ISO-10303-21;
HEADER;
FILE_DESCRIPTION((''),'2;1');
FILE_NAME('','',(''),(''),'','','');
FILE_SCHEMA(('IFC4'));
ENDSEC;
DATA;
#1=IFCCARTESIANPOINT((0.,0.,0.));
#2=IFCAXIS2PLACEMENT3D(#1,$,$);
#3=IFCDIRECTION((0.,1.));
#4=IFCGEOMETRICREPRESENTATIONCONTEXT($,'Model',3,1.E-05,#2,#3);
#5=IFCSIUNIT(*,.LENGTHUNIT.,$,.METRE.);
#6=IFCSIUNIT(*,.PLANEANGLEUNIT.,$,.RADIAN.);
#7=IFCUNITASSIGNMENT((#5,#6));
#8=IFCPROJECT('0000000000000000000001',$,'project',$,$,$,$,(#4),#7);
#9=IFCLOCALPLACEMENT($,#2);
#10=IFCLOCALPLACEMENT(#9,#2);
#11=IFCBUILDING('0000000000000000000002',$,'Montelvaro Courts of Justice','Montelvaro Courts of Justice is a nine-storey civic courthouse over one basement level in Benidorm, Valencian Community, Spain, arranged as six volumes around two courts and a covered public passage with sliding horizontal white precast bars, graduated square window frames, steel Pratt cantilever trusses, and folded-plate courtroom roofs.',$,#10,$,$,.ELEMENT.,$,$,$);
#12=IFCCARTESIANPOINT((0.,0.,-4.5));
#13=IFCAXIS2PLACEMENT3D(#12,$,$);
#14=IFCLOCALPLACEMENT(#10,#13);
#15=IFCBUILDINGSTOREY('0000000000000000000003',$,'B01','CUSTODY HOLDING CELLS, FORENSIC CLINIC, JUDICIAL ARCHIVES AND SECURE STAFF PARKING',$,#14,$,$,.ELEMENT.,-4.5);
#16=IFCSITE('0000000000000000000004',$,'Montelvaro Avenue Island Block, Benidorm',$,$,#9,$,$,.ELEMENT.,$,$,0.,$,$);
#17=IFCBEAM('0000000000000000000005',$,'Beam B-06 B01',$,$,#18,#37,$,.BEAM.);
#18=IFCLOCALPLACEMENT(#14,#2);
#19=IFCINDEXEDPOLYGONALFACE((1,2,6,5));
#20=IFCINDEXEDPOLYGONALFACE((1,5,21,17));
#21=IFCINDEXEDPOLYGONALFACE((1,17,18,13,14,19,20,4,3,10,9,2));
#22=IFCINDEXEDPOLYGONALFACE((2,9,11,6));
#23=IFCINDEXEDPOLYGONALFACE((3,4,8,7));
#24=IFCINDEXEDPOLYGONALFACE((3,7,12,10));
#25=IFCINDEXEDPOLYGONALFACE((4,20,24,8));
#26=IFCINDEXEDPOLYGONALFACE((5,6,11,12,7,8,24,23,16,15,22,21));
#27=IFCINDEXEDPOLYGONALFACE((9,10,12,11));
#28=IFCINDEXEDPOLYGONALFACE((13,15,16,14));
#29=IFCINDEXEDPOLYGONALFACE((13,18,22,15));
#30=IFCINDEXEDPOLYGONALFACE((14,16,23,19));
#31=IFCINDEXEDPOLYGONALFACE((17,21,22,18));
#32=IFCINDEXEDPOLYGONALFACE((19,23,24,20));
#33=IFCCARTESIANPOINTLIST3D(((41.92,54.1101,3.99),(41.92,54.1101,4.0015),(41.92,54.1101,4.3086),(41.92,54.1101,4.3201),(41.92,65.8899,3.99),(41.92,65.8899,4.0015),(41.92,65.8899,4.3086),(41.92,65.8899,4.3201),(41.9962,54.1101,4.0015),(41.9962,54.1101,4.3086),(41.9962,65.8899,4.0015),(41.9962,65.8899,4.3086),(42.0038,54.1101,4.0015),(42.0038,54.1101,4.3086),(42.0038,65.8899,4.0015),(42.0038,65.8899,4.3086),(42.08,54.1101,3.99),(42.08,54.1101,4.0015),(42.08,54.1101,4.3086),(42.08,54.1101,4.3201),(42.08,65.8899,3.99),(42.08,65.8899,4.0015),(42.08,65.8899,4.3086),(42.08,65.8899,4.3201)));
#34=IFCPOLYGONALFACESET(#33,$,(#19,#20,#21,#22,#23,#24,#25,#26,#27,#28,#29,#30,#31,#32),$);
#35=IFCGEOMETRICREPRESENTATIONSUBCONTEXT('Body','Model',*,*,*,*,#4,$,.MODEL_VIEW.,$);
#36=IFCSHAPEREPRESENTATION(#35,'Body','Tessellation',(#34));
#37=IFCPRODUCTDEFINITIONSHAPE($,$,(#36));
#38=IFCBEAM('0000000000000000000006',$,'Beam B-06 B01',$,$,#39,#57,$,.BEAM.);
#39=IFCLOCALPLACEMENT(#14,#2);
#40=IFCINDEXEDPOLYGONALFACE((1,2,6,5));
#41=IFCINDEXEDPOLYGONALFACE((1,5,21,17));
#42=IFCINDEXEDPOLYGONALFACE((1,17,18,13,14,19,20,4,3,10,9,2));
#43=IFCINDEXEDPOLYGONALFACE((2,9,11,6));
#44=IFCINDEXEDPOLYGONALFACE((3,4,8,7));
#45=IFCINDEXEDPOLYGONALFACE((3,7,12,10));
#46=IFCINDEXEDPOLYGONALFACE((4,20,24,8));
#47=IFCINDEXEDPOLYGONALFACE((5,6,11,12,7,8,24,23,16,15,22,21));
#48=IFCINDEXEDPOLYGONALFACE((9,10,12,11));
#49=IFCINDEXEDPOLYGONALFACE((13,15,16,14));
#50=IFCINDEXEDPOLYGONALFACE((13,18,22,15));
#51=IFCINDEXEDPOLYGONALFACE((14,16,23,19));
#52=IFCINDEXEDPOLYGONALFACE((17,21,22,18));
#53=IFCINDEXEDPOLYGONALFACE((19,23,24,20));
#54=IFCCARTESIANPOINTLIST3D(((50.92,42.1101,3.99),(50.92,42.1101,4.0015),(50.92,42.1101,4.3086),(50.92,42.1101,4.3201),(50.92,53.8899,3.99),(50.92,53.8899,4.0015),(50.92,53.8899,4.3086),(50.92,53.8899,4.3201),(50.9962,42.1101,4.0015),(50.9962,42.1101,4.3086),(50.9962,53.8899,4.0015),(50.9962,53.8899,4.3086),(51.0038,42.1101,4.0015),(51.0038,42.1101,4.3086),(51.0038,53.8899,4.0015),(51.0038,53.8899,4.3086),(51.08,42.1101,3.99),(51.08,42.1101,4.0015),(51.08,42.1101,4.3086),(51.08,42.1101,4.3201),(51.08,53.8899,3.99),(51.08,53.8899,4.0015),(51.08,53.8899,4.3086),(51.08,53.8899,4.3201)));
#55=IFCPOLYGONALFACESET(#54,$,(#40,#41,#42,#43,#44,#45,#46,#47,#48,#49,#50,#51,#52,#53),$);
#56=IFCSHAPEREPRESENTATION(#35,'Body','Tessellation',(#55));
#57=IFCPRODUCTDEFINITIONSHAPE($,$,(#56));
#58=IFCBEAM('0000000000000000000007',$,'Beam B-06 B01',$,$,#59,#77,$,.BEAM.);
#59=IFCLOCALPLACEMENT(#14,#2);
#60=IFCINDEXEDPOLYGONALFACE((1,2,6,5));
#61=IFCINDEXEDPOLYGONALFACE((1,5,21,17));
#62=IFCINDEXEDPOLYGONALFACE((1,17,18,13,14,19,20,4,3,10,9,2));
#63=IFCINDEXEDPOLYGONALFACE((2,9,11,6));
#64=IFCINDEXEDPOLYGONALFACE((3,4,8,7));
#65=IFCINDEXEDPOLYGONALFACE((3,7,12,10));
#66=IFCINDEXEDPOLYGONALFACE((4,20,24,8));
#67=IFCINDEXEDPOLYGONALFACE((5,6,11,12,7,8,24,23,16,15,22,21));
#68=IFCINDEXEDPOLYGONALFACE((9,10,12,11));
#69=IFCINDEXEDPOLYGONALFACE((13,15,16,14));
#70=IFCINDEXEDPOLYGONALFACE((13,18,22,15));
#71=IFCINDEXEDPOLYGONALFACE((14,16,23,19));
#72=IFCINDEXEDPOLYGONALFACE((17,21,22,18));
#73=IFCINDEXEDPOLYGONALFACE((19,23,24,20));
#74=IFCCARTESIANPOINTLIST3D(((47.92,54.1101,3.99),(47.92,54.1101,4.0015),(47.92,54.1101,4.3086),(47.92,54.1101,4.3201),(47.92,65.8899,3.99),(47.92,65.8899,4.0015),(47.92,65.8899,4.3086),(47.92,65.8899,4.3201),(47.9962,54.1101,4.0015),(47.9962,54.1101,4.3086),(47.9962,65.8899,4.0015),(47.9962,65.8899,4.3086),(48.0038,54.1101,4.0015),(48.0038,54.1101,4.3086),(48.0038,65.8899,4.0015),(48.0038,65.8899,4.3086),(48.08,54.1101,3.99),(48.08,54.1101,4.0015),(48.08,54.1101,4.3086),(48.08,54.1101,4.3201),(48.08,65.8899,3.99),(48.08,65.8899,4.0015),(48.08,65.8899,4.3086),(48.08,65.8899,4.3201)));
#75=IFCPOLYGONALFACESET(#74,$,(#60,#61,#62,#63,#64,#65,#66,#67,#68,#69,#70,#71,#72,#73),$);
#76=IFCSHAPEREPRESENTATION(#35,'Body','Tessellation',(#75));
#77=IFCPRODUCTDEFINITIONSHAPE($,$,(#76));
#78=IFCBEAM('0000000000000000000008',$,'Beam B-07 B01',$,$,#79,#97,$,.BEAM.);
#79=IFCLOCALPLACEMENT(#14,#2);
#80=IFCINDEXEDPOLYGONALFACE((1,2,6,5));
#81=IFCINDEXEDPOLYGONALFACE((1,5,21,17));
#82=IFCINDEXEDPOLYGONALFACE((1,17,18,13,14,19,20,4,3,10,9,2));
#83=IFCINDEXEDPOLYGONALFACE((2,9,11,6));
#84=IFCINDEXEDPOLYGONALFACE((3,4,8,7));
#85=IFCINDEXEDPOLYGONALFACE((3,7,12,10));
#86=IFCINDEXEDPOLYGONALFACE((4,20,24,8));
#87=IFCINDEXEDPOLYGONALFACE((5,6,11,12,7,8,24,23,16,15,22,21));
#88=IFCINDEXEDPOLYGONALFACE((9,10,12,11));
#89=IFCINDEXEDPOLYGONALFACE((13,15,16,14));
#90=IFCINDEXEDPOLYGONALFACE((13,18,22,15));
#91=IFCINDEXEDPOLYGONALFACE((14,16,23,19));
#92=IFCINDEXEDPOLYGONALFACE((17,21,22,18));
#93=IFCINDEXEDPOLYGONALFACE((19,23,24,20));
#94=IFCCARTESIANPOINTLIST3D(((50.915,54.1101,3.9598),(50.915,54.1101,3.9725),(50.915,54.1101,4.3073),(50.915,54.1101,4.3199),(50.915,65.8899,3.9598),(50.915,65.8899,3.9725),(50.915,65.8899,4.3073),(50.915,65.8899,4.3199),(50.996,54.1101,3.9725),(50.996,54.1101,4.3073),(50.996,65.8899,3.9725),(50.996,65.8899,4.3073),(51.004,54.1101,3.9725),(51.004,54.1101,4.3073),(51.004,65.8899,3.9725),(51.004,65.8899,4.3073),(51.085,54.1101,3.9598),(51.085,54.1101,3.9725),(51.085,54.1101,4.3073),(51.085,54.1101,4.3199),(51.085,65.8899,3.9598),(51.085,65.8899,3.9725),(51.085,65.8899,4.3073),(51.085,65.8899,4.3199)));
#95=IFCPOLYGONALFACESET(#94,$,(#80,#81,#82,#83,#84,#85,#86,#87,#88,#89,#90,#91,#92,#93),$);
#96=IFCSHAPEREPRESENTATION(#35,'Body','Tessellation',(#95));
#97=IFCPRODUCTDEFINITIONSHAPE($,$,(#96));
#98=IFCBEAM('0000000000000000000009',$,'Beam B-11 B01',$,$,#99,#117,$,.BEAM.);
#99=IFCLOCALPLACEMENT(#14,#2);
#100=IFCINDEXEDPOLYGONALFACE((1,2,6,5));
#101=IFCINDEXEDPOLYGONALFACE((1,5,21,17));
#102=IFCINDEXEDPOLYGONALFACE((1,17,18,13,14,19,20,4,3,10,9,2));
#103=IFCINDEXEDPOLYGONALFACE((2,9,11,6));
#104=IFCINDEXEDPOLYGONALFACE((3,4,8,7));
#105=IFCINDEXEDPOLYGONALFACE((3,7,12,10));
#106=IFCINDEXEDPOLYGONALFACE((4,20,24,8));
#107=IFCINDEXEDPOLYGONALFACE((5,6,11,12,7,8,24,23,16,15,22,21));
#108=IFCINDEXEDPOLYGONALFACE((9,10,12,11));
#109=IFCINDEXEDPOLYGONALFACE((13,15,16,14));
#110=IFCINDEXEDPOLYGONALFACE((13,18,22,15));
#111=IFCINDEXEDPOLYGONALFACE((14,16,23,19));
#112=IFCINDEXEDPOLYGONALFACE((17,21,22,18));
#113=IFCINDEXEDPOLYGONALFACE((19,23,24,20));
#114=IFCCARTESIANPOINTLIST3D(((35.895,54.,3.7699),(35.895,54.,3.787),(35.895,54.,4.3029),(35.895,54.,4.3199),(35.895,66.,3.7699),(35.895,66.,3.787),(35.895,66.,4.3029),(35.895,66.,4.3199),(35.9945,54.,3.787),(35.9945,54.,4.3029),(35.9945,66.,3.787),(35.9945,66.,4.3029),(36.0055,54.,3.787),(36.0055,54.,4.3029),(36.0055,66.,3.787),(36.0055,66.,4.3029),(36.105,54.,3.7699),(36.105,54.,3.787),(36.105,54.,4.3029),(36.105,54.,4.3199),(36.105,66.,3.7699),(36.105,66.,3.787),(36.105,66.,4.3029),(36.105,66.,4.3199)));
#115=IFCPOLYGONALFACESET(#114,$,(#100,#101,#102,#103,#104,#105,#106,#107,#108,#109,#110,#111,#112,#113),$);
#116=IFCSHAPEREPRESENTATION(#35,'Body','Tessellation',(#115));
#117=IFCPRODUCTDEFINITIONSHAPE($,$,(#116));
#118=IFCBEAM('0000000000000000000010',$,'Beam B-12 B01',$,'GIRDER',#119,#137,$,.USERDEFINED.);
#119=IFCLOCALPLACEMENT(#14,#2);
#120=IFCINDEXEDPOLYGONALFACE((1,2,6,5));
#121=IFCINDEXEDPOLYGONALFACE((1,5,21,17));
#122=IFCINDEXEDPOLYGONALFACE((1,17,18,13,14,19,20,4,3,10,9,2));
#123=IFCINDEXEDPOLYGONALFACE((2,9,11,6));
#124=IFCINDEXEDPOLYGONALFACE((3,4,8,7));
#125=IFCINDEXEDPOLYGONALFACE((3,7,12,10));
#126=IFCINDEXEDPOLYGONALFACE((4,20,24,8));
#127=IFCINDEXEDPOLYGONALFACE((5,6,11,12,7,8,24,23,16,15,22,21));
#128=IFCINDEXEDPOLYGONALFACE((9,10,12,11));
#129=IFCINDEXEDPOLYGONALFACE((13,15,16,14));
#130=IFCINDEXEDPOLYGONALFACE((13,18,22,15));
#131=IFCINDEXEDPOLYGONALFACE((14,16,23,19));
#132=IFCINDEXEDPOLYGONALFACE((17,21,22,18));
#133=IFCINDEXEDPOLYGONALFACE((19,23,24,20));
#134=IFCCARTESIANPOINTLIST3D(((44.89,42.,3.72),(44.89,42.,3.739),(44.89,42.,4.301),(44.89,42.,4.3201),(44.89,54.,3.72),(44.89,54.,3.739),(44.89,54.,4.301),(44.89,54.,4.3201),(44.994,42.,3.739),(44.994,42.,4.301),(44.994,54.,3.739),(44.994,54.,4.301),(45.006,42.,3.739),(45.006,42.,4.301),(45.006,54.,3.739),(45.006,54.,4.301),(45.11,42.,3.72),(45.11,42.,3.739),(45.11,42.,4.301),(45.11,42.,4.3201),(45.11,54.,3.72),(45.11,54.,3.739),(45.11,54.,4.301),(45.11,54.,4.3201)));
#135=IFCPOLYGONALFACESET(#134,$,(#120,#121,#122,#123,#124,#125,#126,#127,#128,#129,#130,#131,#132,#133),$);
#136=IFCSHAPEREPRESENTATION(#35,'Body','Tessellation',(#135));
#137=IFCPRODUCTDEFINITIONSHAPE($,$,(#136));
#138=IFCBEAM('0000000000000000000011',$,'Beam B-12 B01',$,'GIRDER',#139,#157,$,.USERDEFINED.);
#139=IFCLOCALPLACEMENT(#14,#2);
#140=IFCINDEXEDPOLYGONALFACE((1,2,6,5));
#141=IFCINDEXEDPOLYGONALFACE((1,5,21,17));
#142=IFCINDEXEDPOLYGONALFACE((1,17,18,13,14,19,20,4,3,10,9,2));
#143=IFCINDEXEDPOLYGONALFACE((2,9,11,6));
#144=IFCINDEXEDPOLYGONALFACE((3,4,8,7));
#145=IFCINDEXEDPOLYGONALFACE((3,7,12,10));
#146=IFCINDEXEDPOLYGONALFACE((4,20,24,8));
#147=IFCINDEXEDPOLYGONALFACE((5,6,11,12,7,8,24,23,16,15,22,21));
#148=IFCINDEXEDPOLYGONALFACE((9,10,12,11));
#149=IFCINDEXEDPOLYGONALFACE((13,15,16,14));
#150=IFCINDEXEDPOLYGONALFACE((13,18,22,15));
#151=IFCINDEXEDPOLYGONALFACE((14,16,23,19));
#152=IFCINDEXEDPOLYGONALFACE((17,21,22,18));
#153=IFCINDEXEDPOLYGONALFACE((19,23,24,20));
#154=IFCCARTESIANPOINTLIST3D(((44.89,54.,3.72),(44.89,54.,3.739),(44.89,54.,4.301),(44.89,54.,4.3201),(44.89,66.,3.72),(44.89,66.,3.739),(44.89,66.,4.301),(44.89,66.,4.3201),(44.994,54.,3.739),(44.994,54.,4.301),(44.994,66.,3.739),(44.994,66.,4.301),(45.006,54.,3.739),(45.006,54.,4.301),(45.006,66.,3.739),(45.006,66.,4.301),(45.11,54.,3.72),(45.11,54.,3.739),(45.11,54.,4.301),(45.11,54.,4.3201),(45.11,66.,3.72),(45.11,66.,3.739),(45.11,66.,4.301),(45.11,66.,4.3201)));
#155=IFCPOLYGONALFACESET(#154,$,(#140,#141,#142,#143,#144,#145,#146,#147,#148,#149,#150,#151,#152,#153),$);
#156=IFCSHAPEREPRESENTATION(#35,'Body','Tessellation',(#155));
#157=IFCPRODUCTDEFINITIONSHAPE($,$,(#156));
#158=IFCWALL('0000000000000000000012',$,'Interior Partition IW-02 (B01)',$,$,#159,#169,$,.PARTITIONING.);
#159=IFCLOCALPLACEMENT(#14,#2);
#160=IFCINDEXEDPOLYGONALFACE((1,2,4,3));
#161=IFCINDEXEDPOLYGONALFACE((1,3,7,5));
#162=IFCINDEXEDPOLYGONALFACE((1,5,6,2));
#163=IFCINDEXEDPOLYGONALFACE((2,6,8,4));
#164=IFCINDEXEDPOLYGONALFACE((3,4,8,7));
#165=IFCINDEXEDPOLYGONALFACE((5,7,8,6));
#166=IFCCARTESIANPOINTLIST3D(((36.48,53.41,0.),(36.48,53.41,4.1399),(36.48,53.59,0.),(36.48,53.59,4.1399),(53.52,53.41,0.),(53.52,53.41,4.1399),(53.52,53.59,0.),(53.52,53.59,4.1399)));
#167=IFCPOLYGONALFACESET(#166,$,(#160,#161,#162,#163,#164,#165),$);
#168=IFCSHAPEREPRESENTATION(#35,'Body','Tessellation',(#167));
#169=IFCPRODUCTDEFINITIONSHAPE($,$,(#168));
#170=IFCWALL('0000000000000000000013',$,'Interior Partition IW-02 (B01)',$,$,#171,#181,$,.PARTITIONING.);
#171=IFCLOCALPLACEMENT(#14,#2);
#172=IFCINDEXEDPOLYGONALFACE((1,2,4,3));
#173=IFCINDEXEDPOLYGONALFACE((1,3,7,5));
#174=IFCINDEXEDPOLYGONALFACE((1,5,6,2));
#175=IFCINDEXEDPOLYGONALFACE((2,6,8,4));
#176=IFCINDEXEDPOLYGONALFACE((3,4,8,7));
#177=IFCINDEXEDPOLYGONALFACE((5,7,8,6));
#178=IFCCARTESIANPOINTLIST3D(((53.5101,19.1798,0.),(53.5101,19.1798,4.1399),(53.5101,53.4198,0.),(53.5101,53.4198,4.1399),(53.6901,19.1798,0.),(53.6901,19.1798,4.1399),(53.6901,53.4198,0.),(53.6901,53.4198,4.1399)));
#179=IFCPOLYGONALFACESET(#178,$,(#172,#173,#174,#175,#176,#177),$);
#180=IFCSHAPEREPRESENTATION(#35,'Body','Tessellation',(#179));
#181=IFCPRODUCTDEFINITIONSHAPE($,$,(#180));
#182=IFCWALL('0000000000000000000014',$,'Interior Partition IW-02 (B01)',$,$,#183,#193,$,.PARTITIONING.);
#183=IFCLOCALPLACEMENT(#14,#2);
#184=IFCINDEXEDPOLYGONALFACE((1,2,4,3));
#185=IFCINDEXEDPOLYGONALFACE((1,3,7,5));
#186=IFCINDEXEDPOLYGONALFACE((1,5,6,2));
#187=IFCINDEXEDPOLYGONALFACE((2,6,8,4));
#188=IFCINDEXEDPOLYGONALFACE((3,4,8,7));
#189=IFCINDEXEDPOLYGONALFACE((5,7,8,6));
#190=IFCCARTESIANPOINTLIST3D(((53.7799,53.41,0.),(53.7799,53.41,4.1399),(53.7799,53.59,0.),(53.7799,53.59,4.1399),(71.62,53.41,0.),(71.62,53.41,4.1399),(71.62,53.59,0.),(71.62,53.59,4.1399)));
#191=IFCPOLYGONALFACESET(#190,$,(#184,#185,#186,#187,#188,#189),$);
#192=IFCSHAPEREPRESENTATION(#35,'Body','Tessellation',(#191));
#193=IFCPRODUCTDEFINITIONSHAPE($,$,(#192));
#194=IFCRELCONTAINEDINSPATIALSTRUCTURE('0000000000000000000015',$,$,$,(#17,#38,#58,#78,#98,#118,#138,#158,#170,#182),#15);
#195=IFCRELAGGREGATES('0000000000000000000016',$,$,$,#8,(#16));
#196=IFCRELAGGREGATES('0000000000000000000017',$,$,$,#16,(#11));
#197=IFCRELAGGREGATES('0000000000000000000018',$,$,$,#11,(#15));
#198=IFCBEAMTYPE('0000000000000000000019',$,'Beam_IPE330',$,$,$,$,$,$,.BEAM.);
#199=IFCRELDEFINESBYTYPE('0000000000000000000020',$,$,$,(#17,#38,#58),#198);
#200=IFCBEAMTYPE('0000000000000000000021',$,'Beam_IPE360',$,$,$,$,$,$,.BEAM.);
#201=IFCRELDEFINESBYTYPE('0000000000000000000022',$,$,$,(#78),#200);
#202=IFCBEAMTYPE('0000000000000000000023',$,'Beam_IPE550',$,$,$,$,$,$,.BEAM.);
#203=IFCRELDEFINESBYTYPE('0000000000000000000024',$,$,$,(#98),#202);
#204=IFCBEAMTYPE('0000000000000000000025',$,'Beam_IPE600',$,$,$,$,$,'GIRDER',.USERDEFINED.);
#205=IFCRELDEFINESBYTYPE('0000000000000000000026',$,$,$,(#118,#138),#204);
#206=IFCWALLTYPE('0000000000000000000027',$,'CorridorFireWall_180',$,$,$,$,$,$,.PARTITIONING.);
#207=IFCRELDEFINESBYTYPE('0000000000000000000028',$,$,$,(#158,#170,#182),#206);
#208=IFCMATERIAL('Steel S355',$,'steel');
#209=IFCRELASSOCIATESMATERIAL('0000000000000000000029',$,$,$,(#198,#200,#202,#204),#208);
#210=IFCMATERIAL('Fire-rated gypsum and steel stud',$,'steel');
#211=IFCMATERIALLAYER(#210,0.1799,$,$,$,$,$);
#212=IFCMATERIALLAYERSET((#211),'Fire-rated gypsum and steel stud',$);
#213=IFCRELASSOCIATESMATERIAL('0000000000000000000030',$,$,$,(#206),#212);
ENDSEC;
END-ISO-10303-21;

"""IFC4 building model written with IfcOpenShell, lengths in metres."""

from ifc_helpers import new_model, si_unit, direction, frame, frame_2d, origin, origin_2d, place, context, subcontext, project, spatial, rectangle, i_section, extrude, material, layer, layer_set, material_profile, profile_set, type_object, element, save


model = new_model("IFC4")

# Units and contexts
model_context = context("Model", 3, precision=1e-05, world=origin(), true_north=direction((0.0, 1.0)))
body_context = subcontext(model_context, "Body", "Model", "MODEL_VIEW")
ifc_project = project(units=[si_unit("LENGTHUNIT", "METRE"), si_unit("PLANEANGLEUNIT", "RADIAN")], contexts=[model_context])

# Site, building, storey
site_placement = place(None, origin())
site = spatial("IfcSite", under=ifc_project, at=site_placement, Name="Montelvaro Avenue Island Block, Benidorm", CompositionType="ELEMENT", RefElevation=0.0)
building_placement = place(site_placement, origin())
building = spatial("IfcBuilding", under=site, at=building_placement, Name="Montelvaro Courts of Justice", Description="Montelvaro Courts of Justice is a nine-storey civic courthouse over one basement level in Benidorm, Valencian Community, Spain, arranged as six volumes around two courts and a covered public passage with sliding horizontal white precast bars, graduated square window frames, steel Pratt cantilever trusses, and folded-plate courtroom roofs.", CompositionType="ELEMENT")
storey_placement = place(building_placement, frame((0.0, 0.0, -4.5)))
storey = spatial("IfcBuildingStorey", under=building, at=storey_placement, Name="B01", Description="CUSTODY HOLDING CELLS, FORENSIC CLINIC, JUDICIAL ARCHIVES AND SECURE STAFF PARKING", CompositionType="ELEMENT", Elevation=-4.5)

# Beams
ifc_material_1 = material(Name="Steel S355", Category="steel")
ifc_material_profile_1 = material_profile(ifc_material_1, i_section(OverallWidth=0.1599, OverallDepth=0.3301, WebThickness=0.0076, FlangeThickness=0.0115, at=origin_2d()), Name="IPE 330")
ifc_profile_set_1 = profile_set([ifc_material_profile_1], Name="Steel S355")
beam_type_1 = type_object("IfcBeamType", Name="Beam_IPE330", PredefinedType="BEAM", material=ifc_profile_set_1)
for number, where, z_axis, x_axis, name in (
    (1, (42.0, 54.1101, 4.155), (0.0, 1.0, 0.0), (-1.0, 0.0, 0.0), "Beam B-06 B01"),
    (2, (51.0, 42.1101, 4.155), (0.0, 1.0, 0.0), (-1.0, 0.0, 0.0), "Beam B-06 B01"),
    (3, (48.0, 54.1101, 4.155), (0.0, 1.0, 0.0), (-1.0, 0.0, 0.0), "Beam B-06 B01"),
):
    element("IfcBeam", number, at=place(storey_placement, frame(where, z_axis=z_axis, x_axis=x_axis)), inside=storey, type_object=beam_type_1, Name=name, PredefinedType="BEAM", context=body_context, shape_type="SweptSolid", body=[
        extrude(i_section(OverallWidth=0.1599, OverallDepth=0.3301, WebThickness=0.0076, FlangeThickness=0.0115, at=origin_2d()), origin(), (0.0, 0.0, 1.0), 11.7798),
    ])
ifc_material_profile_2 = material_profile(ifc_material_1, i_section(OverallWidth=0.1699, OverallDepth=0.3601, WebThickness=0.0081, FlangeThickness=0.0127, at=origin_2d()), Name="IPE 360")
ifc_profile_set_2 = profile_set([ifc_material_profile_2], Name="Steel S355")
beam_type_2 = type_object("IfcBeamType", Name="Beam_IPE360", PredefinedType="BEAM", material=ifc_profile_set_2)
beam_1_placement = place(storey_placement, frame((51.0, 54.1101, 4.1399), z_axis=(0.0, 1.0, 0.0), x_axis=(-1.0, 0.0, 0.0)))
element("IfcBeam", 4, at=beam_1_placement, inside=storey, type_object=beam_type_2, Name="Beam B-07 B01", PredefinedType="BEAM", context=body_context, shape_type="SweptSolid", body=[
    extrude(i_section(OverallWidth=0.1699, OverallDepth=0.3601, WebThickness=0.0081, FlangeThickness=0.0127, at=origin_2d()), origin(), (0.0, 0.0, 1.0), 11.7798),
])
ifc_material_profile_3 = material_profile(ifc_material_1, i_section(OverallWidth=0.21, OverallDepth=0.55, WebThickness=0.011, FlangeThickness=0.0171, at=origin_2d()), Name="IPE 550")
ifc_profile_set_3 = profile_set([ifc_material_profile_3], Name="Steel S355")
beam_type_3 = type_object("IfcBeamType", Name="Beam_IPE550", PredefinedType="BEAM", material=ifc_profile_set_3)
beam_2_placement = place(storey_placement, frame((36.0, 54.0, 4.0449), z_axis=(0.0, 1.0, 0.0), x_axis=(-1.0, 0.0, 0.0)))
element("IfcBeam", 5, at=beam_2_placement, inside=storey, type_object=beam_type_3, Name="Beam B-11 B01", PredefinedType="BEAM", context=body_context, shape_type="SweptSolid", body=[
    extrude(i_section(OverallWidth=0.21, OverallDepth=0.55, WebThickness=0.011, FlangeThickness=0.0171, at=origin_2d()), origin(), (0.0, 0.0, 1.0), 12.0),
])
ifc_material_profile_4 = material_profile(ifc_material_1, i_section(OverallWidth=0.22, OverallDepth=0.6001, WebThickness=0.012, FlangeThickness=0.019, at=origin_2d()), Name="IPE 600")
ifc_profile_set_4 = profile_set([ifc_material_profile_4], Name="Steel S355")
beam_type_4 = type_object("IfcBeamType", Name="Beam_IPE600", ElementType="GIRDER", PredefinedType="USERDEFINED", material=ifc_profile_set_4)
for number, where, z_axis, x_axis, name in (
    (6, (45.0, 42.0, 4.02), (0.0, 1.0, 0.0), (-1.0, 0.0, 0.0), "Beam B-12 B01"),
    (7, (45.0, 54.0, 4.02), (0.0, 1.0, 0.0), (-1.0, 0.0, 0.0), "Beam B-12 B01"),
):
    element("IfcBeam", number, at=place(storey_placement, frame(where, z_axis=z_axis, x_axis=x_axis)), inside=storey, type_object=beam_type_4, Name=name, ObjectType="GIRDER", PredefinedType="USERDEFINED", context=body_context, shape_type="SweptSolid", body=[
        extrude(i_section(OverallWidth=0.22, OverallDepth=0.6001, WebThickness=0.012, FlangeThickness=0.019, at=origin_2d()), origin(), (0.0, 0.0, 1.0), 12.0),
    ])

# Walls
ifc_material_2 = material(Name="Fire-rated gypsum and steel stud", Category="steel")
ifc_layer = layer(ifc_material_2, 0.1799)
ifc_layer_set = layer_set([ifc_layer], Name="Fire-rated gypsum and steel stud")
wall_type = type_object("IfcWallType", Name="CorridorFireWall_180", PredefinedType="PARTITIONING", material=ifc_layer_set)
wall_1_placement = place(storey_placement, frame((36.48, 53.5, 0.0), z_axis=(0.0, 0.0, 1.0), x_axis=(1.0, 0.0, 0.0)))
element("IfcWall", 8, at=wall_1_placement, inside=storey, type_object=wall_type, Name="Interior Partition IW-02 (B01)", PredefinedType="PARTITIONING", context=body_context, shape_type="SweptSolid", body=[
    extrude(rectangle(XDim=17.04, YDim=0.1799, at=frame_2d((8.52, 0.0))), origin(), (0.0, 0.0, 1.0), 4.1399),
])
wall_2_placement = place(storey_placement, frame((53.6001, 53.4199, 0.0), z_axis=(0.0, 0.0, 1.0), x_axis=(0.0, -1.0, 0.0)))
element("IfcWall", 9, at=wall_2_placement, inside=storey, type_object=wall_type, Name="Interior Partition IW-02 (B01)", PredefinedType="PARTITIONING", context=body_context, shape_type="SweptSolid", body=[
    extrude(rectangle(XDim=34.24, YDim=0.1799, at=frame_2d((17.1201, 0.0))), origin(), (0.0, 0.0, 1.0), 4.1399),
])
wall_3_placement = place(storey_placement, frame((53.78, 53.5, 0.0), z_axis=(0.0, 0.0, 1.0), x_axis=(1.0, 0.0, 0.0)))
element("IfcWall", 10, at=wall_3_placement, inside=storey, type_object=wall_type, Name="Interior Partition IW-02 (B01)", PredefinedType="PARTITIONING", context=body_context, shape_type="SweptSolid", body=[
    extrude(rectangle(XDim=17.8401, YDim=0.1799, at=frame_2d((8.9199, 0.0))), origin(), (0.0, 0.0, 1.0), 4.1399),
])

save(model, "model.ifc")
